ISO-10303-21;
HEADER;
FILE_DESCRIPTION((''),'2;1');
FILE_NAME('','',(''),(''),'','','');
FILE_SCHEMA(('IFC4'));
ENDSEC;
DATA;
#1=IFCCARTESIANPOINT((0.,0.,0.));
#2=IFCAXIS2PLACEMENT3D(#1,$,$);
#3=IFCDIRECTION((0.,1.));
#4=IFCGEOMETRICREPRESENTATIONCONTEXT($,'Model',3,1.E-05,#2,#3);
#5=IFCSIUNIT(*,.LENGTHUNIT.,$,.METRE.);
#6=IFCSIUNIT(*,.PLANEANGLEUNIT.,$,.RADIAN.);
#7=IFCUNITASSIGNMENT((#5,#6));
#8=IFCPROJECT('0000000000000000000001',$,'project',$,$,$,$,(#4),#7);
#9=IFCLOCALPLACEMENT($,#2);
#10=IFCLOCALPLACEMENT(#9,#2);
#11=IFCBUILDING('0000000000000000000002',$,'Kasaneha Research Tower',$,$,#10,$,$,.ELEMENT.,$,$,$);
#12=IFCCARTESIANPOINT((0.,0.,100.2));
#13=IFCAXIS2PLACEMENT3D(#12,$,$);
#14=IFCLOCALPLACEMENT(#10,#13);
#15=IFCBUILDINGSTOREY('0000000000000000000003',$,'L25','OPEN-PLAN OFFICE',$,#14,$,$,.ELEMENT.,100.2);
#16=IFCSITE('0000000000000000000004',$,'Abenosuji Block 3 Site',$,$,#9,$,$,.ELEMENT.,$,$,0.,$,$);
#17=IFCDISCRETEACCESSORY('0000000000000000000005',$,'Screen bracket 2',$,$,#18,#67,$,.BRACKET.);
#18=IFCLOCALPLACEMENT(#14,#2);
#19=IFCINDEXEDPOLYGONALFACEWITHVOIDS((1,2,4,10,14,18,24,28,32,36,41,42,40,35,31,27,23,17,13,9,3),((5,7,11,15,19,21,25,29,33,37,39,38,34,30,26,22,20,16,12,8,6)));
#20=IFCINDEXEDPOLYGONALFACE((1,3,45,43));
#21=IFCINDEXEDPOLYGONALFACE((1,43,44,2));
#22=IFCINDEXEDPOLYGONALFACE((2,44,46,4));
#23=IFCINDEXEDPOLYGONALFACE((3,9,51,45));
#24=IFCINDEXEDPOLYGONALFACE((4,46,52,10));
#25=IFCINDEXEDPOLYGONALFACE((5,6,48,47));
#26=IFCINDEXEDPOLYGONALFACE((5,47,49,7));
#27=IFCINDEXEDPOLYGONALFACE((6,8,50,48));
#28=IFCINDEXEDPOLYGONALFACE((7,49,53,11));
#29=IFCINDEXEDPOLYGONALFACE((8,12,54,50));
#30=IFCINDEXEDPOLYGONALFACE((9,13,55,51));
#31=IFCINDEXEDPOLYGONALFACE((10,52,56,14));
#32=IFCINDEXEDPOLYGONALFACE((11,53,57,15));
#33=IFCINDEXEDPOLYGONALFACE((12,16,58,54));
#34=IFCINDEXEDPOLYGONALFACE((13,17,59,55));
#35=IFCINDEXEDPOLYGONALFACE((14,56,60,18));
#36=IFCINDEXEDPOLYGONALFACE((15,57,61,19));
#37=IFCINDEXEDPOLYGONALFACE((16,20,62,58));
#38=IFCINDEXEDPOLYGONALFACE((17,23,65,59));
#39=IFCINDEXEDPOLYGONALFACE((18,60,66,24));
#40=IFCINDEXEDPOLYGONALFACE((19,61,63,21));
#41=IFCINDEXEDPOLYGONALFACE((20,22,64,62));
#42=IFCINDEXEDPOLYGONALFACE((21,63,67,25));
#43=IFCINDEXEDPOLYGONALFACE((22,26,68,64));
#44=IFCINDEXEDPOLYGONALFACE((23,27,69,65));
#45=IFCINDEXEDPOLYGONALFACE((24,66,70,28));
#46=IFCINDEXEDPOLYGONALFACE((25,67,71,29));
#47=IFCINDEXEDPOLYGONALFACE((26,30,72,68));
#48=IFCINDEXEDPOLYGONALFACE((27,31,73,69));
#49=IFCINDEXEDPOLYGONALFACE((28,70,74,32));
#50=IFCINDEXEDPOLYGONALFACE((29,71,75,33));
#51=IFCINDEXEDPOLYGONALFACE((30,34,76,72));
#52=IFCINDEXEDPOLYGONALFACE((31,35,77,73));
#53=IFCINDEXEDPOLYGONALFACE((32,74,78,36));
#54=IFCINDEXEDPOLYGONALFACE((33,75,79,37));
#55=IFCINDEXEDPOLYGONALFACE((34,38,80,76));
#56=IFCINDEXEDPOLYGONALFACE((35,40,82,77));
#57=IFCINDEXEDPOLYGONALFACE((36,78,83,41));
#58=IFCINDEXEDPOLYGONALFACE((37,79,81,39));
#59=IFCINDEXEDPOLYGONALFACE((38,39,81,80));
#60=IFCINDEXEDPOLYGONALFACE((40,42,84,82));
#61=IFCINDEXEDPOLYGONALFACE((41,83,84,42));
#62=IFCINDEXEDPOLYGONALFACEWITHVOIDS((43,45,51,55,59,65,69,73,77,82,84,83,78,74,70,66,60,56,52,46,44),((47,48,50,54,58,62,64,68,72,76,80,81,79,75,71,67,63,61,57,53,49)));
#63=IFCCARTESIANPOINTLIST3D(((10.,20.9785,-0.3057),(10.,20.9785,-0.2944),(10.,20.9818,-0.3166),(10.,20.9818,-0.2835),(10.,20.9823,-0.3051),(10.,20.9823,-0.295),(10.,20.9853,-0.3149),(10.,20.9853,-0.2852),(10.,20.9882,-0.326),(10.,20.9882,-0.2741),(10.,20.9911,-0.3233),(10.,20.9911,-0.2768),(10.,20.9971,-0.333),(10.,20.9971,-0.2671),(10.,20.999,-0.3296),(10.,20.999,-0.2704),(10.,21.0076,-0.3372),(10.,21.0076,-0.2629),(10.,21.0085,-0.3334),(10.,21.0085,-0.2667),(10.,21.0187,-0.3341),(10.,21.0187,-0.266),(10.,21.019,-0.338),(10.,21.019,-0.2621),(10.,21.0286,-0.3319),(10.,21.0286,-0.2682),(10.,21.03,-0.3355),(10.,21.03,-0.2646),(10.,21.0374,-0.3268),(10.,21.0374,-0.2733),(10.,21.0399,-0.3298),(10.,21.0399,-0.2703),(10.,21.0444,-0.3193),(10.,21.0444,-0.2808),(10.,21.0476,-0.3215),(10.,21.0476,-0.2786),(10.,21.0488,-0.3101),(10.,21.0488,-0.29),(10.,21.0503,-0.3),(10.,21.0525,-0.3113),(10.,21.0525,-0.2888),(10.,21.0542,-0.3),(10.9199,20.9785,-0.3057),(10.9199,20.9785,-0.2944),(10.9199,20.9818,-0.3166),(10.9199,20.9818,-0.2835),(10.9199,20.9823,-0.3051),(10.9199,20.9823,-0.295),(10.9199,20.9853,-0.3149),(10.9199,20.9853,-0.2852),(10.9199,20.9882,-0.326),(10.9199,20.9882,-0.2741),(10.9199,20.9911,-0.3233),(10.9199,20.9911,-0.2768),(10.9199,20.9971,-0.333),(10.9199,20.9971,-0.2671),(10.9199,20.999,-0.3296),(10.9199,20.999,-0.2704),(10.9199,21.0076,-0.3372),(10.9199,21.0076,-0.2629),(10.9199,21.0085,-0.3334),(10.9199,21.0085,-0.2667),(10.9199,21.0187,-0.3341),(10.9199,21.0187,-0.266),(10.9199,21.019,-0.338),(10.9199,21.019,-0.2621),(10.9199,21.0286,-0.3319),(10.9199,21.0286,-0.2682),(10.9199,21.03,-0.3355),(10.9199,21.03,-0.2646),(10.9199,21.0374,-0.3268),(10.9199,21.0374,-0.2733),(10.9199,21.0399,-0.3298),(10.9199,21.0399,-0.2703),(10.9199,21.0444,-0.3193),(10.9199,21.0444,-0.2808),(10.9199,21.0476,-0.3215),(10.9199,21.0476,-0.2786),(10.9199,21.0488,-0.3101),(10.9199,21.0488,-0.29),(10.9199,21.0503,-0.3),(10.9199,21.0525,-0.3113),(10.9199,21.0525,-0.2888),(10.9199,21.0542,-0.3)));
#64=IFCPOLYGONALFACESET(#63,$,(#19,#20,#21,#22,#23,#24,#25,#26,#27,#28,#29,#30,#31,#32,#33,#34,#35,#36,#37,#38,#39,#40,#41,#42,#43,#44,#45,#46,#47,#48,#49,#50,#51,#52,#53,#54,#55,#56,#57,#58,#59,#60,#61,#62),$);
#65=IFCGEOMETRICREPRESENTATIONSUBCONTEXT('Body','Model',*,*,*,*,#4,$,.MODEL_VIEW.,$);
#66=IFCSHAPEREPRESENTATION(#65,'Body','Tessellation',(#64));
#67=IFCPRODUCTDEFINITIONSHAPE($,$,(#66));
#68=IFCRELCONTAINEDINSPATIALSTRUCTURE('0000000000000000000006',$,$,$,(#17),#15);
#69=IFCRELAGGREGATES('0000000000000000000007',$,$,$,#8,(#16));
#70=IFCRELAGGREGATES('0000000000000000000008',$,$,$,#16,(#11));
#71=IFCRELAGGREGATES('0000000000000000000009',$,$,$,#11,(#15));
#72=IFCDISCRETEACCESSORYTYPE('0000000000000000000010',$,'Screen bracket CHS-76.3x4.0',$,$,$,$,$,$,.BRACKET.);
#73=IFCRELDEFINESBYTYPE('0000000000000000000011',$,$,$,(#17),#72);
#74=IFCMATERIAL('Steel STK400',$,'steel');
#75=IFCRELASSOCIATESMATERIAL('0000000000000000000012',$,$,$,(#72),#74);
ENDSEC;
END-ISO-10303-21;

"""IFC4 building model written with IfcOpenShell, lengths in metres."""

from ifc_helpers import new_model, si_unit, direction, frame, origin, origin_2d, place, context, subcontext, project, spatial, hollow_circle, extrude, material, material_profile, profile_set, type_object, element, save


model = new_model("IFC4")

# Units and contexts
model_context = context("Model", 3, precision=1e-05, world=origin(), true_north=direction((0.0, 1.0)))
body_context = subcontext(model_context, "Body", "Model", "MODEL_VIEW")
ifc_project = project(units=[si_unit("LENGTHUNIT", "METRE"), si_unit("PLANEANGLEUNIT", "RADIAN")], contexts=[model_context])

# Site, building, storey
site_placement = place(None, origin())
site = spatial("IfcSite", under=ifc_project, at=site_placement, Name="Abenosuji Block 3 Site", CompositionType="ELEMENT", RefElevation=0.0)
building_placement = place(site_placement, origin())
building = spatial("IfcBuilding", under=site, at=building_placement, Name="Kasaneha Research Tower", CompositionType="ELEMENT")
storey_placement = place(building_placement, frame((0.0, 0.0, 100.2)))
storey = spatial("IfcBuildingStorey", under=building, at=storey_placement, Name="L25", Description="OPEN-PLAN OFFICE", CompositionType="ELEMENT", Elevation=100.2)

# Discrete accessory
ifc_material_1 = material(Name="Steel STK400", Category="steel")
ifc_material_profile_1 = material_profile(ifc_material_1, hollow_circle(Radius=0.0381, WallThickness=0.0039, at=origin_2d()), Name="CHS-76.3x4.0")
ifc_profile_set_1 = profile_set([ifc_material_profile_1], Name="Steel STK400")
discrete_accessory_type = type_object("IfcDiscreteAccessoryType", Name="Screen bracket CHS-76.3x4.0", PredefinedType="BRACKET", material=ifc_profile_set_1)
discrete_accessory_1_placement = place(storey_placement, frame((10.0, 21.0161, -0.3), z_axis=(1.0, 0.0, 0.0), x_axis=(0.0, 1.0, 0.0)))
element("IfcDiscreteAccessory", 1, at=discrete_accessory_1_placement, inside=storey, type_object=discrete_accessory_type, Name="Screen bracket 2", PredefinedType="BRACKET", context=body_context, shape_type="SweptSolid", body=[
    extrude(hollow_circle(Radius=0.0381, WallThickness=0.0039, at=origin_2d()), origin(), (0.0, 0.0, 1.0), 0.9199),
])

save(model, "model.ifc")
